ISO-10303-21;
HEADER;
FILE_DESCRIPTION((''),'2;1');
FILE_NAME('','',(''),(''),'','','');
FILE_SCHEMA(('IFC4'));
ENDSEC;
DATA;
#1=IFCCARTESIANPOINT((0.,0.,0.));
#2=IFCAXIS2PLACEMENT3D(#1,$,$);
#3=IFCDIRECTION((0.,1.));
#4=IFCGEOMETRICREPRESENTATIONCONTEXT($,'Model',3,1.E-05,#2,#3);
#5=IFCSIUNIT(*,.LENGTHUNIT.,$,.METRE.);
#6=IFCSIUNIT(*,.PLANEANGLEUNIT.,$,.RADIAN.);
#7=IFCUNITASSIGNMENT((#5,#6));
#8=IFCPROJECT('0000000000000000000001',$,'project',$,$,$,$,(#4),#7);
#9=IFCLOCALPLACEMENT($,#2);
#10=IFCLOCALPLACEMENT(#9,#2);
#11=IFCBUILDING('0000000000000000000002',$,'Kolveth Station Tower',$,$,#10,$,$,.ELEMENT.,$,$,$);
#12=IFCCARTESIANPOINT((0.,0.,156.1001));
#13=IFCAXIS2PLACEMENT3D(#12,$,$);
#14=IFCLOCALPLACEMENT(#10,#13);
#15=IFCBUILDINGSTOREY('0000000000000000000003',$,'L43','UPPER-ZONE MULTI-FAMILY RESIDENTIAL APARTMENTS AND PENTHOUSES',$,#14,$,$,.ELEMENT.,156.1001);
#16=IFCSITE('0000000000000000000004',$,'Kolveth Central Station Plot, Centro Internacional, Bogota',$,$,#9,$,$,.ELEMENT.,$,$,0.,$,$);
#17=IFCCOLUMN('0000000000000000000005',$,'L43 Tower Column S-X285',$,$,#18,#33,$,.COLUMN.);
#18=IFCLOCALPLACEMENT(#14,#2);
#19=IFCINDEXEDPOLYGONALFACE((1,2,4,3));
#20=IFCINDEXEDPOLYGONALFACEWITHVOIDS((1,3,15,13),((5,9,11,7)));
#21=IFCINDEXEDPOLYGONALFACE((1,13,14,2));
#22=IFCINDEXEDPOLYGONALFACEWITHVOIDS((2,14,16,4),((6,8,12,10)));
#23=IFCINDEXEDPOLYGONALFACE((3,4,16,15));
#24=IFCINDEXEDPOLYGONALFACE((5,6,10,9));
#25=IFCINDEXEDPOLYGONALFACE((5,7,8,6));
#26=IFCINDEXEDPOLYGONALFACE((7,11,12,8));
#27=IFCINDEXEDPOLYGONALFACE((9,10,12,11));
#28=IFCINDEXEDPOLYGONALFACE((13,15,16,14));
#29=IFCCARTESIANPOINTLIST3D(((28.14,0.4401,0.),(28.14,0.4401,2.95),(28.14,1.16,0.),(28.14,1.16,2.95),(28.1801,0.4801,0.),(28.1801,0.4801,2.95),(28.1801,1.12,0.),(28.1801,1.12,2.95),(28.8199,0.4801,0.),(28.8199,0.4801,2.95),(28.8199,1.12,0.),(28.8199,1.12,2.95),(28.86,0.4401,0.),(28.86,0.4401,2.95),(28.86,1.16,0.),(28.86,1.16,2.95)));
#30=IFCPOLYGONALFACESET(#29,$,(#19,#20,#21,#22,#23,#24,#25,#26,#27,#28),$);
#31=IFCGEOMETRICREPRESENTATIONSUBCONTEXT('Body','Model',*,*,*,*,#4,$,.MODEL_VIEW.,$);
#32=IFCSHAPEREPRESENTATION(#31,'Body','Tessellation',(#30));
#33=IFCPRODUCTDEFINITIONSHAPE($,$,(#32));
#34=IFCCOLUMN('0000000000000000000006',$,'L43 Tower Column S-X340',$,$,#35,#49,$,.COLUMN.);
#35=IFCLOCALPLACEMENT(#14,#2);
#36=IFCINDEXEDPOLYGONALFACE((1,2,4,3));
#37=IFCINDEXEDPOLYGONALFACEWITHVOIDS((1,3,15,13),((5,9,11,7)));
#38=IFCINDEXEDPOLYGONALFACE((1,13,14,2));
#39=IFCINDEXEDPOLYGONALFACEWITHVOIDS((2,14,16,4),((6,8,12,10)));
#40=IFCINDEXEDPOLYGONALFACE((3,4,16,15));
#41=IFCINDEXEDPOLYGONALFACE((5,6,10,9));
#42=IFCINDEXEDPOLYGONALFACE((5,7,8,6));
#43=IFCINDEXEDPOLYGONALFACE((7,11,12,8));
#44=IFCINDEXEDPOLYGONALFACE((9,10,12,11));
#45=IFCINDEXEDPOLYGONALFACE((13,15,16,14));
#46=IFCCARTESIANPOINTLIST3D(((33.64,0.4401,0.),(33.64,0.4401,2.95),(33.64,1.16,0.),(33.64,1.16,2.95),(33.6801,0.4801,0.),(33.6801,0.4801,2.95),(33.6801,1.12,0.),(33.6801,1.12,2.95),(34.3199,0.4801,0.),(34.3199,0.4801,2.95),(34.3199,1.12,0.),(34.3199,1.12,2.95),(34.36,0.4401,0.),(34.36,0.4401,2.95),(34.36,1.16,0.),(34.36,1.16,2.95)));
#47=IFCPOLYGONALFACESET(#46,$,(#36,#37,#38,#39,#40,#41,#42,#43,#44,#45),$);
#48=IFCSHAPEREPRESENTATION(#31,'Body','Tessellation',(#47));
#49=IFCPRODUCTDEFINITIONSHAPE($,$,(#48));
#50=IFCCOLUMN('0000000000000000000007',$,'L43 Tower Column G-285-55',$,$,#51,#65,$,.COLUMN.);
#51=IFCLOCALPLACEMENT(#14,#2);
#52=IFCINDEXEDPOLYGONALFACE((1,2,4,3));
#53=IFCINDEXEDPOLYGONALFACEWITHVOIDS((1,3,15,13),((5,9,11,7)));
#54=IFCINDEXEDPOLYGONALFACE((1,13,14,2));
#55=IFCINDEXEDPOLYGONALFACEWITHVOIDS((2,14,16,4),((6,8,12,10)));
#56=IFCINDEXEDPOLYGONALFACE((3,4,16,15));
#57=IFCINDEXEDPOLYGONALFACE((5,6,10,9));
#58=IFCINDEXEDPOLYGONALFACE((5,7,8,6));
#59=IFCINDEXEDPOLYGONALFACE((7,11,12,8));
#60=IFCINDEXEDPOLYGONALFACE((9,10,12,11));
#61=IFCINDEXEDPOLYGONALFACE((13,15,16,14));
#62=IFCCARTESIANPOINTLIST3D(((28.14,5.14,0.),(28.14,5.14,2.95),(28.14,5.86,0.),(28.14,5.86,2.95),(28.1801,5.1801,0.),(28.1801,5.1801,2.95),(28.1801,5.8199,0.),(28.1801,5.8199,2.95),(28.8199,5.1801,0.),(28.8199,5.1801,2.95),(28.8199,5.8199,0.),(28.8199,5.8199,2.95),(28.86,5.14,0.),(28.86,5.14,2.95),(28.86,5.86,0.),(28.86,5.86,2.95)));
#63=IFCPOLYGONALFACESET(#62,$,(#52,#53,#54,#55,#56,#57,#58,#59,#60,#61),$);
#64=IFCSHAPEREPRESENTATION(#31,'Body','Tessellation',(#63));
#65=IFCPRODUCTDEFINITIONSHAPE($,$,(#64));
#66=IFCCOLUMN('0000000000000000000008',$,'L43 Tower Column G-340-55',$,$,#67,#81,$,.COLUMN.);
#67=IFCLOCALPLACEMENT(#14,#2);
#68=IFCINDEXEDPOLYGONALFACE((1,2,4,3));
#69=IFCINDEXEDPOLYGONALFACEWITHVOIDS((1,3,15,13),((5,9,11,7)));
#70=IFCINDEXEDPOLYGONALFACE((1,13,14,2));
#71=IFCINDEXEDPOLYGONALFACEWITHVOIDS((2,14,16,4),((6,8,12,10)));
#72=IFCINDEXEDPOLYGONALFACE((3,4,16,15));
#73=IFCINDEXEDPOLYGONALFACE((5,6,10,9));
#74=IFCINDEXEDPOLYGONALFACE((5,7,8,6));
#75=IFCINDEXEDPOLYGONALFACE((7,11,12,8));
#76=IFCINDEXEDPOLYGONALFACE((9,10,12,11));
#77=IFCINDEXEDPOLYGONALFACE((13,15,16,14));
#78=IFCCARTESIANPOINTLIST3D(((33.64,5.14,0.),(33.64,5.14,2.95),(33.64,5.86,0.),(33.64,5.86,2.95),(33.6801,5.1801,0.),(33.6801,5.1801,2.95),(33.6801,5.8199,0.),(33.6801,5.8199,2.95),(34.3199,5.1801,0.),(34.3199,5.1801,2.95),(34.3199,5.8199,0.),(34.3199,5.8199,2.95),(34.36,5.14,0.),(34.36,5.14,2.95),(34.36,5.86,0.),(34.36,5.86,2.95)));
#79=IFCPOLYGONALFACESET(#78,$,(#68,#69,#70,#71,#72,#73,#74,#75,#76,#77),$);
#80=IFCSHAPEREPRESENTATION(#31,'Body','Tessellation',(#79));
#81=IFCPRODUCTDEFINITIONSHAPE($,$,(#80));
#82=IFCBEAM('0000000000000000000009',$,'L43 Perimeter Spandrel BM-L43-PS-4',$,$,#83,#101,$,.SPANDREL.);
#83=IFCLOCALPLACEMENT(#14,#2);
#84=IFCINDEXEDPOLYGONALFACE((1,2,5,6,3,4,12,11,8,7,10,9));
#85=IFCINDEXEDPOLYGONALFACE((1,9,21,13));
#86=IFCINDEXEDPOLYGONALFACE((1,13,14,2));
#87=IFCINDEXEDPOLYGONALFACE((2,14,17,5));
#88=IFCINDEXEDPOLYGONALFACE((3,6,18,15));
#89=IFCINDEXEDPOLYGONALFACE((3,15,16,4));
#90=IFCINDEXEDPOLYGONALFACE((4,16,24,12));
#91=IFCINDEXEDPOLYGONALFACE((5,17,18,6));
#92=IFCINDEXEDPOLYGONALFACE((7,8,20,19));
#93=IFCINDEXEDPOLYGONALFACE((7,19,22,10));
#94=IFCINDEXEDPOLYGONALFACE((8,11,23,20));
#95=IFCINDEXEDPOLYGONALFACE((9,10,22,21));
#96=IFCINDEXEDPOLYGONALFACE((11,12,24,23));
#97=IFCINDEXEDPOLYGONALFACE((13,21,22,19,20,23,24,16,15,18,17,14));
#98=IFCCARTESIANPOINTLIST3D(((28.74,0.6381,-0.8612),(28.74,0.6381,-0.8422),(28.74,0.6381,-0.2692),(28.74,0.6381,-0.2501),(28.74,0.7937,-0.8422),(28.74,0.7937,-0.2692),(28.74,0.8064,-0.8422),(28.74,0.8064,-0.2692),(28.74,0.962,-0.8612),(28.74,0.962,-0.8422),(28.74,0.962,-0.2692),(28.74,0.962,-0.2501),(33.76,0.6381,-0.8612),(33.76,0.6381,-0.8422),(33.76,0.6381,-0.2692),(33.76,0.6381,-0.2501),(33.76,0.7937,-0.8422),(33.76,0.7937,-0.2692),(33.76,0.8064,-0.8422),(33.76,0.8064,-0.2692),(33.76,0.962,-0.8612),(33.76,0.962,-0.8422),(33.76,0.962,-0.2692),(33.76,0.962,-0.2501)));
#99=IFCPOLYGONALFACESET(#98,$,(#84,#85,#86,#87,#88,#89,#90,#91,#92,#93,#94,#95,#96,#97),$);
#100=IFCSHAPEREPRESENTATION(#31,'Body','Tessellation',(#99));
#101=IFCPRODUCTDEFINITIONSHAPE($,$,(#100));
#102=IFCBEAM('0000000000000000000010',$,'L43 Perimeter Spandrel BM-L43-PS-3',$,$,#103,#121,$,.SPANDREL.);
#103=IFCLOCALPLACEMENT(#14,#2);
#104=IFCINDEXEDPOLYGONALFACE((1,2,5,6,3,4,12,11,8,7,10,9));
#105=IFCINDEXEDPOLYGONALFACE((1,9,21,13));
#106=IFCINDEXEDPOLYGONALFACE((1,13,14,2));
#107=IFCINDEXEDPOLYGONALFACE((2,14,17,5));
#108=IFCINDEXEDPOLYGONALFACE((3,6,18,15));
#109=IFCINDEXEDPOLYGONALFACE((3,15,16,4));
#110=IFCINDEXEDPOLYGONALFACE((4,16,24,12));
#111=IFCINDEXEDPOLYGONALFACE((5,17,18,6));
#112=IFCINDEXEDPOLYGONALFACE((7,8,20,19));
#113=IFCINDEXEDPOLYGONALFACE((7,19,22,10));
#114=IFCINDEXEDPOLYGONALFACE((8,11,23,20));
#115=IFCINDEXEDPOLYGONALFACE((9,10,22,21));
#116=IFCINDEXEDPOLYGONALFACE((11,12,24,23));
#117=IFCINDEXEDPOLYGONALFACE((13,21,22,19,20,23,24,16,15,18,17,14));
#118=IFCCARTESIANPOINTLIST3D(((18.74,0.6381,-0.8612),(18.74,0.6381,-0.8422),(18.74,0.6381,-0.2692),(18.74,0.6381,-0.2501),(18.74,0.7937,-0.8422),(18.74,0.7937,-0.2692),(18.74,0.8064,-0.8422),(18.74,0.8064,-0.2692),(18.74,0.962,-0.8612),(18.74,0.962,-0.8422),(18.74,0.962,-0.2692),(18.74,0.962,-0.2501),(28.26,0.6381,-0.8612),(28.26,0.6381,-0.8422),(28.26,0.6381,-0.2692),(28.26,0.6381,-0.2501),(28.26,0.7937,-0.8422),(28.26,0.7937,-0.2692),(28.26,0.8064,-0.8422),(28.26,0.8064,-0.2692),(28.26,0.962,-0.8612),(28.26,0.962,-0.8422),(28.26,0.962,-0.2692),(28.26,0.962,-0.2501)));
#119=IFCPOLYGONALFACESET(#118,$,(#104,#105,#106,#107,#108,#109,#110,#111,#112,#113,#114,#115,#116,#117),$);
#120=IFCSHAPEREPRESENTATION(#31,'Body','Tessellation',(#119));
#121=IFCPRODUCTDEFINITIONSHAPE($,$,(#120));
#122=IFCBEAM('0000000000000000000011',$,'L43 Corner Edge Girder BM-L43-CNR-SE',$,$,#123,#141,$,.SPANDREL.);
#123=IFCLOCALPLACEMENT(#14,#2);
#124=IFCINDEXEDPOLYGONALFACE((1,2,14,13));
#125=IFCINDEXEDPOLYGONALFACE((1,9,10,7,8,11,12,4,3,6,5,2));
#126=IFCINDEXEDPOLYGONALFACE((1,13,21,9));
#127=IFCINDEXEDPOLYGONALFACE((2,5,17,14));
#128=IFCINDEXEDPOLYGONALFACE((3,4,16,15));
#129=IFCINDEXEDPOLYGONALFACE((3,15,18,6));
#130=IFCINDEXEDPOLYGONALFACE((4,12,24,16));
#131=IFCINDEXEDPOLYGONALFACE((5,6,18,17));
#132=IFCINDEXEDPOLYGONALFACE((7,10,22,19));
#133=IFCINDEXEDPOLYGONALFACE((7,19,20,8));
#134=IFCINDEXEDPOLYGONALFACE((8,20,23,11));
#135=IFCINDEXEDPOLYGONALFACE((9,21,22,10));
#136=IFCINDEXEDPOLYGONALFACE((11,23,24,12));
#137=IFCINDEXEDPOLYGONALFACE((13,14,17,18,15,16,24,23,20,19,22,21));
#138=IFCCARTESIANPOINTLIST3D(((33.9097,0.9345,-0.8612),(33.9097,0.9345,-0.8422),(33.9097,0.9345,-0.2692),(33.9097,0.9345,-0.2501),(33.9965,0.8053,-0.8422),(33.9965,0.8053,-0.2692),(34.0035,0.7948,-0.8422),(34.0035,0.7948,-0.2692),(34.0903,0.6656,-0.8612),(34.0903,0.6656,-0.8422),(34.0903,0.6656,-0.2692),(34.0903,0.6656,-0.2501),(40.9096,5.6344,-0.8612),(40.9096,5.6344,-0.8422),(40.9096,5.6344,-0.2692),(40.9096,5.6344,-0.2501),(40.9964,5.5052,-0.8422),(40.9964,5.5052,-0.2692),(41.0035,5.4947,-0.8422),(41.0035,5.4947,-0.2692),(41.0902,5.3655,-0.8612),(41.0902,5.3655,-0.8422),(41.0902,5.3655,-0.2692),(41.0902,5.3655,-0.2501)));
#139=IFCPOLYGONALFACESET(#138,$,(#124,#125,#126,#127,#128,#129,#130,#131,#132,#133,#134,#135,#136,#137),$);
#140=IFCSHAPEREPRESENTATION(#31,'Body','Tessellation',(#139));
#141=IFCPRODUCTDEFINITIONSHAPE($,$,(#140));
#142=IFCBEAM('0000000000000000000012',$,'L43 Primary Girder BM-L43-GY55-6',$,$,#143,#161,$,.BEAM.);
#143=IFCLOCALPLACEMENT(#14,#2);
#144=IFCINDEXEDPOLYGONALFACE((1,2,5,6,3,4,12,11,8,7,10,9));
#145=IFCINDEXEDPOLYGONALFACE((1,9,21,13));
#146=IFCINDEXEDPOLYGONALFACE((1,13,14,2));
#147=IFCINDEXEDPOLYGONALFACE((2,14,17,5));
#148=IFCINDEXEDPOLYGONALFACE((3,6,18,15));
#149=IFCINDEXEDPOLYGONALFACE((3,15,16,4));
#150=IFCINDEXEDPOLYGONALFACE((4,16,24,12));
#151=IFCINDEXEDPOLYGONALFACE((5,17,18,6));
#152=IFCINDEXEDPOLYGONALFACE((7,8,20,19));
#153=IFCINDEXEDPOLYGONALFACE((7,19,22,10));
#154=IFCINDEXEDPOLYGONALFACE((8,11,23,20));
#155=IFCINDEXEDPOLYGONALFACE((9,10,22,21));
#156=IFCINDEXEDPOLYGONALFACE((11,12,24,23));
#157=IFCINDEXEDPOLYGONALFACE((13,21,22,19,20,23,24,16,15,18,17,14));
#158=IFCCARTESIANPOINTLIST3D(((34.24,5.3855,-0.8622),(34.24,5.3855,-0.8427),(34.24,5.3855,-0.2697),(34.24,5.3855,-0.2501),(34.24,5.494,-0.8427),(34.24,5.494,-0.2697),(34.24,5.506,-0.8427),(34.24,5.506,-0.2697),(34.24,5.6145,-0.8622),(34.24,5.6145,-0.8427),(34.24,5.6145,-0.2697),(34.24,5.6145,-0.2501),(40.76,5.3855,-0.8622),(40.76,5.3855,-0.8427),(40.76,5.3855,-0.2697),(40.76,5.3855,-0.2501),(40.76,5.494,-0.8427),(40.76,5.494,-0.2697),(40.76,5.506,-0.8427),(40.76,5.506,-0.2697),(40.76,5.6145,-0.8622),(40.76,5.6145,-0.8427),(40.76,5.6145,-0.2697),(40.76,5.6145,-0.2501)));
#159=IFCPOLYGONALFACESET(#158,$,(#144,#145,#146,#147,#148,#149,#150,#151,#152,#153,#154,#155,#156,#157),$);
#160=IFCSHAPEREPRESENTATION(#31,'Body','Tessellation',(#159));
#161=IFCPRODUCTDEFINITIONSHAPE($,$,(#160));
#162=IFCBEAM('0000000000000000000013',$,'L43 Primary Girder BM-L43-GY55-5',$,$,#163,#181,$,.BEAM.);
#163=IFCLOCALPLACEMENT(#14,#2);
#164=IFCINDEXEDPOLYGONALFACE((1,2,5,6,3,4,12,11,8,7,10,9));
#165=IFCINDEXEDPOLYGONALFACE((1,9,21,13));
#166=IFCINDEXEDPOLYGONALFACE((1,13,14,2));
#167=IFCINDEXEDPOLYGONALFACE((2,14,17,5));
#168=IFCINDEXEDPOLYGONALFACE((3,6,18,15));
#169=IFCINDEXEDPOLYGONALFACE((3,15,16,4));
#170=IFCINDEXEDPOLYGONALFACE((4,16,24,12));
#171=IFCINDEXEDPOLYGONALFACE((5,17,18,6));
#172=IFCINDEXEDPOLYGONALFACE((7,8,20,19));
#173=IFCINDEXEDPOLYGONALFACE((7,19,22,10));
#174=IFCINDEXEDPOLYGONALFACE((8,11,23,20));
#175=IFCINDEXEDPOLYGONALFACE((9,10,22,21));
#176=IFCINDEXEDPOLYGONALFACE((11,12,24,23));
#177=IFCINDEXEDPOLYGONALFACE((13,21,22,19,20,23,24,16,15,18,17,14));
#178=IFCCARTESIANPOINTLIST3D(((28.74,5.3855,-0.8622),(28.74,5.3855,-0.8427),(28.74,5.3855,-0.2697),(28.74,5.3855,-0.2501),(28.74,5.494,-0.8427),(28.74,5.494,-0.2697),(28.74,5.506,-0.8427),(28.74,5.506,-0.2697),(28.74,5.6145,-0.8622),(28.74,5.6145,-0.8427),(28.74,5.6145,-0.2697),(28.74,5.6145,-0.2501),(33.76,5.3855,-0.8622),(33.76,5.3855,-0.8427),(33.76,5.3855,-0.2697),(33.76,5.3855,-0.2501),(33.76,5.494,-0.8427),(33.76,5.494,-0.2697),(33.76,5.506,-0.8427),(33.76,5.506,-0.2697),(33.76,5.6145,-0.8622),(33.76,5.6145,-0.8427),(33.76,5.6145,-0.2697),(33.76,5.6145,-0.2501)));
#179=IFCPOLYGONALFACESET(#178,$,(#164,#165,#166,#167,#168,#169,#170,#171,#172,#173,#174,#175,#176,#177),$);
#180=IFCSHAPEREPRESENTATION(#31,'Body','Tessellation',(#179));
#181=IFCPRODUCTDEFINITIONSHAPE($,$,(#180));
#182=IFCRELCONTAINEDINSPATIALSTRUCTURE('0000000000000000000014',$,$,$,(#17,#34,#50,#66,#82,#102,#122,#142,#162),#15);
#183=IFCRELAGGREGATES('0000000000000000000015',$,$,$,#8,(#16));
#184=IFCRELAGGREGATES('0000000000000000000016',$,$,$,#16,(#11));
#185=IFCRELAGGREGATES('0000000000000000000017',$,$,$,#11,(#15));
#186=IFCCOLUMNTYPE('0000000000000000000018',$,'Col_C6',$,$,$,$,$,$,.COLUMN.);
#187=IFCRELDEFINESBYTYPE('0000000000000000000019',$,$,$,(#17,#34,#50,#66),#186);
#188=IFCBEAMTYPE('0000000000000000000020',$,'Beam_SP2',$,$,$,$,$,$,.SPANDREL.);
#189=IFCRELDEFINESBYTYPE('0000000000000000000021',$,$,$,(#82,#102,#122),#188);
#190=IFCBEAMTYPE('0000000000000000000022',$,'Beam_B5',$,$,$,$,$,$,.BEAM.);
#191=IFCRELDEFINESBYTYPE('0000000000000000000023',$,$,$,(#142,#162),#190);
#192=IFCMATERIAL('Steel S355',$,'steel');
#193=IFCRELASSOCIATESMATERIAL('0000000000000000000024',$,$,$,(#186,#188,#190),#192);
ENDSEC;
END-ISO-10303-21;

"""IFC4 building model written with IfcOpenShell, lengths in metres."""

from ifc_helpers import new_model, si_unit, direction, frame, origin, origin_2d, place, context, subcontext, project, spatial, hollow_rectangle, i_section, extrude, source, transform, mapped, material, material_profile, profile_set, type_object, element, save


model = new_model("IFC4")

# Units and contexts
model_context = context("Model", 3, precision=1e-05, world=origin(), true_north=direction((0.0, 1.0)))
body_context = subcontext(model_context, "Body", "Model", "MODEL_VIEW")
ifc_project = project(units=[si_unit("LENGTHUNIT", "METRE"), si_unit("PLANEANGLEUNIT", "RADIAN")], contexts=[model_context])

# Site, building, storey
site_placement = place(None, origin())
site = spatial("IfcSite", under=ifc_project, at=site_placement, Name="Kolveth Central Station Plot, Centro Internacional, Bogota", CompositionType="ELEMENT", RefElevation=0.0)
building_placement = place(site_placement, origin())
building = spatial("IfcBuilding", under=site, at=building_placement, Name="Kolveth Station Tower", CompositionType="ELEMENT")
storey_placement = place(building_placement, frame((0.0, 0.0, 156.1001)))
storey = spatial("IfcBuildingStorey", under=building, at=storey_placement, Name="L43", Description="UPPER-ZONE MULTI-FAMILY RESIDENTIAL APARTMENTS AND PENTHOUSES", CompositionType="ELEMENT", Elevation=156.1001)

# Columns
ifc_material_1 = material(Name="Steel S355", Category="steel")
ifc_material_profile_1 = material_profile(ifc_material_1, hollow_rectangle(XDim=0.72, YDim=0.72, WallThickness=0.04, at=origin_2d()), Name="BOX720x720x40")
ifc_profile_set_1 = profile_set([ifc_material_profile_1], Name="Steel S355")
column_type = type_object("IfcColumnType", Name="Col_C6", PredefinedType="COLUMN", material=ifc_profile_set_1)
shared_shape_1 = source(origin(), body_context, "Body", "SweptSolid", [
    extrude(hollow_rectangle(XDim=0.72, YDim=0.72, WallThickness=0.04, at=origin_2d()), origin(), (0.0, 0.0, 1.0), 2.95),
])
for number, where, z_axis, x_axis, name in (
    (1, (28.5, 0.8, 0.0), (0.0, 0.0, 1.0), (1.0, 0.0, 0.0), "L43 Tower Column S-X285"),
    (2, (34.0, 0.8, 0.0), (0.0, 0.0, 1.0), (1.0, 0.0, 0.0), "L43 Tower Column S-X340"),
    (3, (28.5, 5.5, 0.0), (0.0, 0.0, 1.0), (1.0, 0.0, 0.0), "L43 Tower Column G-285-55"),
    (4, (34.0, 5.5, 0.0), (0.0, 0.0, 1.0), (1.0, 0.0, 0.0), "L43 Tower Column G-340-55"),
):
    element("IfcColumn", number, at=place(storey_placement, frame(where, z_axis=z_axis, x_axis=x_axis)), inside=storey, type_object=column_type, Name=name, PredefinedType="COLUMN", context=body_context, shape_type="MappedRepresentation", body=[
        mapped(shared_shape_1, transform((0.0, 0.0, 0.0), x_axis=(1.0, 0.0, 0.0), y_axis=(0.0, 1.0, 0.0), z_axis=(0.0, 0.0, 1.0), scale=1.0)),
    ])

# Beams
ifc_material_profile_2 = material_profile(ifc_material_1, i_section(OverallWidth=0.324, OverallDepth=0.6111, WebThickness=0.0127, FlangeThickness=0.019, at=origin_2d()), Name="W610x155")
ifc_profile_set_2 = profile_set([ifc_material_profile_2], Name="Steel S355")
beam_type_1 = type_object("IfcBeamType", Name="Beam_SP2", PredefinedType="SPANDREL", material=ifc_profile_set_2)
shared_shape_2 = source(origin(), body_context, "Body", "SweptSolid", [
    extrude(i_section(OverallWidth=0.324, OverallDepth=0.6111, WebThickness=0.0127, FlangeThickness=0.019, at=origin_2d()), origin(), (0.0, 0.0, 1.0), 5.02),
])
beam_1_placement = place(storey_placement, frame((28.74, 0.8, -0.5557), z_axis=(1.0, 0.0, 0.0), x_axis=(0.0, 1.0, 0.0)))
element("IfcBeam", 5, at=beam_1_placement, inside=storey, type_object=beam_type_1, Name="L43 Perimeter Spandrel BM-L43-PS-4", PredefinedType="SPANDREL", context=body_context, shape_type="MappedRepresentation", body=[
    mapped(shared_shape_2, transform((0.0, 0.0, 0.0), x_axis=(1.0, 0.0, 0.0), y_axis=(0.0, 1.0, 0.0), z_axis=(0.0, 0.0, 1.0), scale=1.0)),
])
shared_shape_3 = source(origin(), body_context, "Body", "SweptSolid", [
    extrude(i_section(OverallWidth=0.324, OverallDepth=0.6111, WebThickness=0.0127, FlangeThickness=0.019, at=origin_2d()), origin(), (0.0, 0.0, 1.0), 9.52),
])
beam_2_placement = place(storey_placement, frame((18.74, 0.8, -0.5557), z_axis=(1.0, 0.0, 0.0), x_axis=(0.0, 1.0, 0.0)))
element("IfcBeam", 6, at=beam_2_placement, inside=storey, type_object=beam_type_1, Name="L43 Perimeter Spandrel BM-L43-PS-3", PredefinedType="SPANDREL", context=body_context, shape_type="MappedRepresentation", body=[
    mapped(shared_shape_3, transform((0.0, 0.0, 0.0), x_axis=(1.0, 0.0, 0.0), y_axis=(0.0, 1.0, 0.0), z_axis=(0.0, 0.0, 1.0), scale=1.0)),
])
shared_shape_4 = source(origin(), body_context, "Body", "SweptSolid", [
    extrude(i_section(OverallWidth=0.324, OverallDepth=0.6111, WebThickness=0.0127, FlangeThickness=0.019, at=origin_2d()), origin(), (0.0, 0.0, 1.0), 8.4314),
])
beam_3_placement = place(storey_placement, frame((34.0, 0.8, -0.5557), z_axis=(0.830224, 0.55743, 0.0), x_axis=(-0.55743, 0.830224, 0.0)))
element("IfcBeam", 7, at=beam_3_placement, inside=storey, type_object=beam_type_1, Name="L43 Corner Edge Girder BM-L43-CNR-SE", PredefinedType="SPANDREL", context=body_context, shape_type="MappedRepresentation", body=[
    mapped(shared_shape_4, transform((0.0, 0.0, 0.0), x_axis=(1.0, 0.0, 0.0), y_axis=(0.0, 1.0, 0.0), z_axis=(0.0, 0.0, 1.0), scale=1.0)),
])
ifc_material_profile_3 = material_profile(ifc_material_1, i_section(OverallWidth=0.229, OverallDepth=0.6121, WebThickness=0.012, FlangeThickness=0.0195, at=origin_2d()), Name="W610x125")
ifc_profile_set_3 = profile_set([ifc_material_profile_3], Name="Steel S355")
beam_type_2 = type_object("IfcBeamType", Name="Beam_B5", PredefinedType="BEAM", material=ifc_profile_set_3)
shared_shape_5 = source(origin(), body_context, "Body", "SweptSolid", [
    extrude(i_section(OverallWidth=0.229, OverallDepth=0.6121, WebThickness=0.012, FlangeThickness=0.0195, at=origin_2d()), origin(), (0.0, 0.0, 1.0), 6.52),
])
beam_4_placement = place(storey_placement, frame((34.24, 5.5, -0.5562), z_axis=(1.0, 0.0, 0.0), x_axis=(0.0, 1.0, 0.0)))
element("IfcBeam", 8, at=beam_4_placement, inside=storey, type_object=beam_type_2, Name="L43 Primary Girder BM-L43-GY55-6", PredefinedType="BEAM", context=body_context, shape_type="MappedRepresentation", body=[
    mapped(shared_shape_5, transform((0.0, 0.0, 0.0), x_axis=(1.0, 0.0, 0.0), y_axis=(0.0, 1.0, 0.0), z_axis=(0.0, 0.0, 1.0), scale=1.0)),
])
shared_shape_6 = source(origin(), body_context, "Body", "SweptSolid", [
    extrude(i_section(OverallWidth=0.229, OverallDepth=0.6121, WebThickness=0.012, FlangeThickness=0.0195, at=origin_2d()), origin(), (0.0, 0.0, 1.0), 5.02),
])
beam_5_placement = place(storey_placement, frame((28.74, 5.5, -0.5562), z_axis=(1.0, 0.0, 0.0), x_axis=(0.0, 1.0, 0.0)))
element("IfcBeam", 9, at=beam_5_placement, inside=storey, type_object=beam_type_2, Name="L43 Primary Girder BM-L43-GY55-5", PredefinedType="BEAM", context=body_context, shape_type="MappedRepresentation", body=[
    mapped(shared_shape_6, transform((0.0, 0.0, 0.0), x_axis=(1.0, 0.0, 0.0), y_axis=(0.0, 1.0, 0.0), z_axis=(0.0, 0.0, 1.0), scale=1.0)),
])

save(model, "model.ifc")
